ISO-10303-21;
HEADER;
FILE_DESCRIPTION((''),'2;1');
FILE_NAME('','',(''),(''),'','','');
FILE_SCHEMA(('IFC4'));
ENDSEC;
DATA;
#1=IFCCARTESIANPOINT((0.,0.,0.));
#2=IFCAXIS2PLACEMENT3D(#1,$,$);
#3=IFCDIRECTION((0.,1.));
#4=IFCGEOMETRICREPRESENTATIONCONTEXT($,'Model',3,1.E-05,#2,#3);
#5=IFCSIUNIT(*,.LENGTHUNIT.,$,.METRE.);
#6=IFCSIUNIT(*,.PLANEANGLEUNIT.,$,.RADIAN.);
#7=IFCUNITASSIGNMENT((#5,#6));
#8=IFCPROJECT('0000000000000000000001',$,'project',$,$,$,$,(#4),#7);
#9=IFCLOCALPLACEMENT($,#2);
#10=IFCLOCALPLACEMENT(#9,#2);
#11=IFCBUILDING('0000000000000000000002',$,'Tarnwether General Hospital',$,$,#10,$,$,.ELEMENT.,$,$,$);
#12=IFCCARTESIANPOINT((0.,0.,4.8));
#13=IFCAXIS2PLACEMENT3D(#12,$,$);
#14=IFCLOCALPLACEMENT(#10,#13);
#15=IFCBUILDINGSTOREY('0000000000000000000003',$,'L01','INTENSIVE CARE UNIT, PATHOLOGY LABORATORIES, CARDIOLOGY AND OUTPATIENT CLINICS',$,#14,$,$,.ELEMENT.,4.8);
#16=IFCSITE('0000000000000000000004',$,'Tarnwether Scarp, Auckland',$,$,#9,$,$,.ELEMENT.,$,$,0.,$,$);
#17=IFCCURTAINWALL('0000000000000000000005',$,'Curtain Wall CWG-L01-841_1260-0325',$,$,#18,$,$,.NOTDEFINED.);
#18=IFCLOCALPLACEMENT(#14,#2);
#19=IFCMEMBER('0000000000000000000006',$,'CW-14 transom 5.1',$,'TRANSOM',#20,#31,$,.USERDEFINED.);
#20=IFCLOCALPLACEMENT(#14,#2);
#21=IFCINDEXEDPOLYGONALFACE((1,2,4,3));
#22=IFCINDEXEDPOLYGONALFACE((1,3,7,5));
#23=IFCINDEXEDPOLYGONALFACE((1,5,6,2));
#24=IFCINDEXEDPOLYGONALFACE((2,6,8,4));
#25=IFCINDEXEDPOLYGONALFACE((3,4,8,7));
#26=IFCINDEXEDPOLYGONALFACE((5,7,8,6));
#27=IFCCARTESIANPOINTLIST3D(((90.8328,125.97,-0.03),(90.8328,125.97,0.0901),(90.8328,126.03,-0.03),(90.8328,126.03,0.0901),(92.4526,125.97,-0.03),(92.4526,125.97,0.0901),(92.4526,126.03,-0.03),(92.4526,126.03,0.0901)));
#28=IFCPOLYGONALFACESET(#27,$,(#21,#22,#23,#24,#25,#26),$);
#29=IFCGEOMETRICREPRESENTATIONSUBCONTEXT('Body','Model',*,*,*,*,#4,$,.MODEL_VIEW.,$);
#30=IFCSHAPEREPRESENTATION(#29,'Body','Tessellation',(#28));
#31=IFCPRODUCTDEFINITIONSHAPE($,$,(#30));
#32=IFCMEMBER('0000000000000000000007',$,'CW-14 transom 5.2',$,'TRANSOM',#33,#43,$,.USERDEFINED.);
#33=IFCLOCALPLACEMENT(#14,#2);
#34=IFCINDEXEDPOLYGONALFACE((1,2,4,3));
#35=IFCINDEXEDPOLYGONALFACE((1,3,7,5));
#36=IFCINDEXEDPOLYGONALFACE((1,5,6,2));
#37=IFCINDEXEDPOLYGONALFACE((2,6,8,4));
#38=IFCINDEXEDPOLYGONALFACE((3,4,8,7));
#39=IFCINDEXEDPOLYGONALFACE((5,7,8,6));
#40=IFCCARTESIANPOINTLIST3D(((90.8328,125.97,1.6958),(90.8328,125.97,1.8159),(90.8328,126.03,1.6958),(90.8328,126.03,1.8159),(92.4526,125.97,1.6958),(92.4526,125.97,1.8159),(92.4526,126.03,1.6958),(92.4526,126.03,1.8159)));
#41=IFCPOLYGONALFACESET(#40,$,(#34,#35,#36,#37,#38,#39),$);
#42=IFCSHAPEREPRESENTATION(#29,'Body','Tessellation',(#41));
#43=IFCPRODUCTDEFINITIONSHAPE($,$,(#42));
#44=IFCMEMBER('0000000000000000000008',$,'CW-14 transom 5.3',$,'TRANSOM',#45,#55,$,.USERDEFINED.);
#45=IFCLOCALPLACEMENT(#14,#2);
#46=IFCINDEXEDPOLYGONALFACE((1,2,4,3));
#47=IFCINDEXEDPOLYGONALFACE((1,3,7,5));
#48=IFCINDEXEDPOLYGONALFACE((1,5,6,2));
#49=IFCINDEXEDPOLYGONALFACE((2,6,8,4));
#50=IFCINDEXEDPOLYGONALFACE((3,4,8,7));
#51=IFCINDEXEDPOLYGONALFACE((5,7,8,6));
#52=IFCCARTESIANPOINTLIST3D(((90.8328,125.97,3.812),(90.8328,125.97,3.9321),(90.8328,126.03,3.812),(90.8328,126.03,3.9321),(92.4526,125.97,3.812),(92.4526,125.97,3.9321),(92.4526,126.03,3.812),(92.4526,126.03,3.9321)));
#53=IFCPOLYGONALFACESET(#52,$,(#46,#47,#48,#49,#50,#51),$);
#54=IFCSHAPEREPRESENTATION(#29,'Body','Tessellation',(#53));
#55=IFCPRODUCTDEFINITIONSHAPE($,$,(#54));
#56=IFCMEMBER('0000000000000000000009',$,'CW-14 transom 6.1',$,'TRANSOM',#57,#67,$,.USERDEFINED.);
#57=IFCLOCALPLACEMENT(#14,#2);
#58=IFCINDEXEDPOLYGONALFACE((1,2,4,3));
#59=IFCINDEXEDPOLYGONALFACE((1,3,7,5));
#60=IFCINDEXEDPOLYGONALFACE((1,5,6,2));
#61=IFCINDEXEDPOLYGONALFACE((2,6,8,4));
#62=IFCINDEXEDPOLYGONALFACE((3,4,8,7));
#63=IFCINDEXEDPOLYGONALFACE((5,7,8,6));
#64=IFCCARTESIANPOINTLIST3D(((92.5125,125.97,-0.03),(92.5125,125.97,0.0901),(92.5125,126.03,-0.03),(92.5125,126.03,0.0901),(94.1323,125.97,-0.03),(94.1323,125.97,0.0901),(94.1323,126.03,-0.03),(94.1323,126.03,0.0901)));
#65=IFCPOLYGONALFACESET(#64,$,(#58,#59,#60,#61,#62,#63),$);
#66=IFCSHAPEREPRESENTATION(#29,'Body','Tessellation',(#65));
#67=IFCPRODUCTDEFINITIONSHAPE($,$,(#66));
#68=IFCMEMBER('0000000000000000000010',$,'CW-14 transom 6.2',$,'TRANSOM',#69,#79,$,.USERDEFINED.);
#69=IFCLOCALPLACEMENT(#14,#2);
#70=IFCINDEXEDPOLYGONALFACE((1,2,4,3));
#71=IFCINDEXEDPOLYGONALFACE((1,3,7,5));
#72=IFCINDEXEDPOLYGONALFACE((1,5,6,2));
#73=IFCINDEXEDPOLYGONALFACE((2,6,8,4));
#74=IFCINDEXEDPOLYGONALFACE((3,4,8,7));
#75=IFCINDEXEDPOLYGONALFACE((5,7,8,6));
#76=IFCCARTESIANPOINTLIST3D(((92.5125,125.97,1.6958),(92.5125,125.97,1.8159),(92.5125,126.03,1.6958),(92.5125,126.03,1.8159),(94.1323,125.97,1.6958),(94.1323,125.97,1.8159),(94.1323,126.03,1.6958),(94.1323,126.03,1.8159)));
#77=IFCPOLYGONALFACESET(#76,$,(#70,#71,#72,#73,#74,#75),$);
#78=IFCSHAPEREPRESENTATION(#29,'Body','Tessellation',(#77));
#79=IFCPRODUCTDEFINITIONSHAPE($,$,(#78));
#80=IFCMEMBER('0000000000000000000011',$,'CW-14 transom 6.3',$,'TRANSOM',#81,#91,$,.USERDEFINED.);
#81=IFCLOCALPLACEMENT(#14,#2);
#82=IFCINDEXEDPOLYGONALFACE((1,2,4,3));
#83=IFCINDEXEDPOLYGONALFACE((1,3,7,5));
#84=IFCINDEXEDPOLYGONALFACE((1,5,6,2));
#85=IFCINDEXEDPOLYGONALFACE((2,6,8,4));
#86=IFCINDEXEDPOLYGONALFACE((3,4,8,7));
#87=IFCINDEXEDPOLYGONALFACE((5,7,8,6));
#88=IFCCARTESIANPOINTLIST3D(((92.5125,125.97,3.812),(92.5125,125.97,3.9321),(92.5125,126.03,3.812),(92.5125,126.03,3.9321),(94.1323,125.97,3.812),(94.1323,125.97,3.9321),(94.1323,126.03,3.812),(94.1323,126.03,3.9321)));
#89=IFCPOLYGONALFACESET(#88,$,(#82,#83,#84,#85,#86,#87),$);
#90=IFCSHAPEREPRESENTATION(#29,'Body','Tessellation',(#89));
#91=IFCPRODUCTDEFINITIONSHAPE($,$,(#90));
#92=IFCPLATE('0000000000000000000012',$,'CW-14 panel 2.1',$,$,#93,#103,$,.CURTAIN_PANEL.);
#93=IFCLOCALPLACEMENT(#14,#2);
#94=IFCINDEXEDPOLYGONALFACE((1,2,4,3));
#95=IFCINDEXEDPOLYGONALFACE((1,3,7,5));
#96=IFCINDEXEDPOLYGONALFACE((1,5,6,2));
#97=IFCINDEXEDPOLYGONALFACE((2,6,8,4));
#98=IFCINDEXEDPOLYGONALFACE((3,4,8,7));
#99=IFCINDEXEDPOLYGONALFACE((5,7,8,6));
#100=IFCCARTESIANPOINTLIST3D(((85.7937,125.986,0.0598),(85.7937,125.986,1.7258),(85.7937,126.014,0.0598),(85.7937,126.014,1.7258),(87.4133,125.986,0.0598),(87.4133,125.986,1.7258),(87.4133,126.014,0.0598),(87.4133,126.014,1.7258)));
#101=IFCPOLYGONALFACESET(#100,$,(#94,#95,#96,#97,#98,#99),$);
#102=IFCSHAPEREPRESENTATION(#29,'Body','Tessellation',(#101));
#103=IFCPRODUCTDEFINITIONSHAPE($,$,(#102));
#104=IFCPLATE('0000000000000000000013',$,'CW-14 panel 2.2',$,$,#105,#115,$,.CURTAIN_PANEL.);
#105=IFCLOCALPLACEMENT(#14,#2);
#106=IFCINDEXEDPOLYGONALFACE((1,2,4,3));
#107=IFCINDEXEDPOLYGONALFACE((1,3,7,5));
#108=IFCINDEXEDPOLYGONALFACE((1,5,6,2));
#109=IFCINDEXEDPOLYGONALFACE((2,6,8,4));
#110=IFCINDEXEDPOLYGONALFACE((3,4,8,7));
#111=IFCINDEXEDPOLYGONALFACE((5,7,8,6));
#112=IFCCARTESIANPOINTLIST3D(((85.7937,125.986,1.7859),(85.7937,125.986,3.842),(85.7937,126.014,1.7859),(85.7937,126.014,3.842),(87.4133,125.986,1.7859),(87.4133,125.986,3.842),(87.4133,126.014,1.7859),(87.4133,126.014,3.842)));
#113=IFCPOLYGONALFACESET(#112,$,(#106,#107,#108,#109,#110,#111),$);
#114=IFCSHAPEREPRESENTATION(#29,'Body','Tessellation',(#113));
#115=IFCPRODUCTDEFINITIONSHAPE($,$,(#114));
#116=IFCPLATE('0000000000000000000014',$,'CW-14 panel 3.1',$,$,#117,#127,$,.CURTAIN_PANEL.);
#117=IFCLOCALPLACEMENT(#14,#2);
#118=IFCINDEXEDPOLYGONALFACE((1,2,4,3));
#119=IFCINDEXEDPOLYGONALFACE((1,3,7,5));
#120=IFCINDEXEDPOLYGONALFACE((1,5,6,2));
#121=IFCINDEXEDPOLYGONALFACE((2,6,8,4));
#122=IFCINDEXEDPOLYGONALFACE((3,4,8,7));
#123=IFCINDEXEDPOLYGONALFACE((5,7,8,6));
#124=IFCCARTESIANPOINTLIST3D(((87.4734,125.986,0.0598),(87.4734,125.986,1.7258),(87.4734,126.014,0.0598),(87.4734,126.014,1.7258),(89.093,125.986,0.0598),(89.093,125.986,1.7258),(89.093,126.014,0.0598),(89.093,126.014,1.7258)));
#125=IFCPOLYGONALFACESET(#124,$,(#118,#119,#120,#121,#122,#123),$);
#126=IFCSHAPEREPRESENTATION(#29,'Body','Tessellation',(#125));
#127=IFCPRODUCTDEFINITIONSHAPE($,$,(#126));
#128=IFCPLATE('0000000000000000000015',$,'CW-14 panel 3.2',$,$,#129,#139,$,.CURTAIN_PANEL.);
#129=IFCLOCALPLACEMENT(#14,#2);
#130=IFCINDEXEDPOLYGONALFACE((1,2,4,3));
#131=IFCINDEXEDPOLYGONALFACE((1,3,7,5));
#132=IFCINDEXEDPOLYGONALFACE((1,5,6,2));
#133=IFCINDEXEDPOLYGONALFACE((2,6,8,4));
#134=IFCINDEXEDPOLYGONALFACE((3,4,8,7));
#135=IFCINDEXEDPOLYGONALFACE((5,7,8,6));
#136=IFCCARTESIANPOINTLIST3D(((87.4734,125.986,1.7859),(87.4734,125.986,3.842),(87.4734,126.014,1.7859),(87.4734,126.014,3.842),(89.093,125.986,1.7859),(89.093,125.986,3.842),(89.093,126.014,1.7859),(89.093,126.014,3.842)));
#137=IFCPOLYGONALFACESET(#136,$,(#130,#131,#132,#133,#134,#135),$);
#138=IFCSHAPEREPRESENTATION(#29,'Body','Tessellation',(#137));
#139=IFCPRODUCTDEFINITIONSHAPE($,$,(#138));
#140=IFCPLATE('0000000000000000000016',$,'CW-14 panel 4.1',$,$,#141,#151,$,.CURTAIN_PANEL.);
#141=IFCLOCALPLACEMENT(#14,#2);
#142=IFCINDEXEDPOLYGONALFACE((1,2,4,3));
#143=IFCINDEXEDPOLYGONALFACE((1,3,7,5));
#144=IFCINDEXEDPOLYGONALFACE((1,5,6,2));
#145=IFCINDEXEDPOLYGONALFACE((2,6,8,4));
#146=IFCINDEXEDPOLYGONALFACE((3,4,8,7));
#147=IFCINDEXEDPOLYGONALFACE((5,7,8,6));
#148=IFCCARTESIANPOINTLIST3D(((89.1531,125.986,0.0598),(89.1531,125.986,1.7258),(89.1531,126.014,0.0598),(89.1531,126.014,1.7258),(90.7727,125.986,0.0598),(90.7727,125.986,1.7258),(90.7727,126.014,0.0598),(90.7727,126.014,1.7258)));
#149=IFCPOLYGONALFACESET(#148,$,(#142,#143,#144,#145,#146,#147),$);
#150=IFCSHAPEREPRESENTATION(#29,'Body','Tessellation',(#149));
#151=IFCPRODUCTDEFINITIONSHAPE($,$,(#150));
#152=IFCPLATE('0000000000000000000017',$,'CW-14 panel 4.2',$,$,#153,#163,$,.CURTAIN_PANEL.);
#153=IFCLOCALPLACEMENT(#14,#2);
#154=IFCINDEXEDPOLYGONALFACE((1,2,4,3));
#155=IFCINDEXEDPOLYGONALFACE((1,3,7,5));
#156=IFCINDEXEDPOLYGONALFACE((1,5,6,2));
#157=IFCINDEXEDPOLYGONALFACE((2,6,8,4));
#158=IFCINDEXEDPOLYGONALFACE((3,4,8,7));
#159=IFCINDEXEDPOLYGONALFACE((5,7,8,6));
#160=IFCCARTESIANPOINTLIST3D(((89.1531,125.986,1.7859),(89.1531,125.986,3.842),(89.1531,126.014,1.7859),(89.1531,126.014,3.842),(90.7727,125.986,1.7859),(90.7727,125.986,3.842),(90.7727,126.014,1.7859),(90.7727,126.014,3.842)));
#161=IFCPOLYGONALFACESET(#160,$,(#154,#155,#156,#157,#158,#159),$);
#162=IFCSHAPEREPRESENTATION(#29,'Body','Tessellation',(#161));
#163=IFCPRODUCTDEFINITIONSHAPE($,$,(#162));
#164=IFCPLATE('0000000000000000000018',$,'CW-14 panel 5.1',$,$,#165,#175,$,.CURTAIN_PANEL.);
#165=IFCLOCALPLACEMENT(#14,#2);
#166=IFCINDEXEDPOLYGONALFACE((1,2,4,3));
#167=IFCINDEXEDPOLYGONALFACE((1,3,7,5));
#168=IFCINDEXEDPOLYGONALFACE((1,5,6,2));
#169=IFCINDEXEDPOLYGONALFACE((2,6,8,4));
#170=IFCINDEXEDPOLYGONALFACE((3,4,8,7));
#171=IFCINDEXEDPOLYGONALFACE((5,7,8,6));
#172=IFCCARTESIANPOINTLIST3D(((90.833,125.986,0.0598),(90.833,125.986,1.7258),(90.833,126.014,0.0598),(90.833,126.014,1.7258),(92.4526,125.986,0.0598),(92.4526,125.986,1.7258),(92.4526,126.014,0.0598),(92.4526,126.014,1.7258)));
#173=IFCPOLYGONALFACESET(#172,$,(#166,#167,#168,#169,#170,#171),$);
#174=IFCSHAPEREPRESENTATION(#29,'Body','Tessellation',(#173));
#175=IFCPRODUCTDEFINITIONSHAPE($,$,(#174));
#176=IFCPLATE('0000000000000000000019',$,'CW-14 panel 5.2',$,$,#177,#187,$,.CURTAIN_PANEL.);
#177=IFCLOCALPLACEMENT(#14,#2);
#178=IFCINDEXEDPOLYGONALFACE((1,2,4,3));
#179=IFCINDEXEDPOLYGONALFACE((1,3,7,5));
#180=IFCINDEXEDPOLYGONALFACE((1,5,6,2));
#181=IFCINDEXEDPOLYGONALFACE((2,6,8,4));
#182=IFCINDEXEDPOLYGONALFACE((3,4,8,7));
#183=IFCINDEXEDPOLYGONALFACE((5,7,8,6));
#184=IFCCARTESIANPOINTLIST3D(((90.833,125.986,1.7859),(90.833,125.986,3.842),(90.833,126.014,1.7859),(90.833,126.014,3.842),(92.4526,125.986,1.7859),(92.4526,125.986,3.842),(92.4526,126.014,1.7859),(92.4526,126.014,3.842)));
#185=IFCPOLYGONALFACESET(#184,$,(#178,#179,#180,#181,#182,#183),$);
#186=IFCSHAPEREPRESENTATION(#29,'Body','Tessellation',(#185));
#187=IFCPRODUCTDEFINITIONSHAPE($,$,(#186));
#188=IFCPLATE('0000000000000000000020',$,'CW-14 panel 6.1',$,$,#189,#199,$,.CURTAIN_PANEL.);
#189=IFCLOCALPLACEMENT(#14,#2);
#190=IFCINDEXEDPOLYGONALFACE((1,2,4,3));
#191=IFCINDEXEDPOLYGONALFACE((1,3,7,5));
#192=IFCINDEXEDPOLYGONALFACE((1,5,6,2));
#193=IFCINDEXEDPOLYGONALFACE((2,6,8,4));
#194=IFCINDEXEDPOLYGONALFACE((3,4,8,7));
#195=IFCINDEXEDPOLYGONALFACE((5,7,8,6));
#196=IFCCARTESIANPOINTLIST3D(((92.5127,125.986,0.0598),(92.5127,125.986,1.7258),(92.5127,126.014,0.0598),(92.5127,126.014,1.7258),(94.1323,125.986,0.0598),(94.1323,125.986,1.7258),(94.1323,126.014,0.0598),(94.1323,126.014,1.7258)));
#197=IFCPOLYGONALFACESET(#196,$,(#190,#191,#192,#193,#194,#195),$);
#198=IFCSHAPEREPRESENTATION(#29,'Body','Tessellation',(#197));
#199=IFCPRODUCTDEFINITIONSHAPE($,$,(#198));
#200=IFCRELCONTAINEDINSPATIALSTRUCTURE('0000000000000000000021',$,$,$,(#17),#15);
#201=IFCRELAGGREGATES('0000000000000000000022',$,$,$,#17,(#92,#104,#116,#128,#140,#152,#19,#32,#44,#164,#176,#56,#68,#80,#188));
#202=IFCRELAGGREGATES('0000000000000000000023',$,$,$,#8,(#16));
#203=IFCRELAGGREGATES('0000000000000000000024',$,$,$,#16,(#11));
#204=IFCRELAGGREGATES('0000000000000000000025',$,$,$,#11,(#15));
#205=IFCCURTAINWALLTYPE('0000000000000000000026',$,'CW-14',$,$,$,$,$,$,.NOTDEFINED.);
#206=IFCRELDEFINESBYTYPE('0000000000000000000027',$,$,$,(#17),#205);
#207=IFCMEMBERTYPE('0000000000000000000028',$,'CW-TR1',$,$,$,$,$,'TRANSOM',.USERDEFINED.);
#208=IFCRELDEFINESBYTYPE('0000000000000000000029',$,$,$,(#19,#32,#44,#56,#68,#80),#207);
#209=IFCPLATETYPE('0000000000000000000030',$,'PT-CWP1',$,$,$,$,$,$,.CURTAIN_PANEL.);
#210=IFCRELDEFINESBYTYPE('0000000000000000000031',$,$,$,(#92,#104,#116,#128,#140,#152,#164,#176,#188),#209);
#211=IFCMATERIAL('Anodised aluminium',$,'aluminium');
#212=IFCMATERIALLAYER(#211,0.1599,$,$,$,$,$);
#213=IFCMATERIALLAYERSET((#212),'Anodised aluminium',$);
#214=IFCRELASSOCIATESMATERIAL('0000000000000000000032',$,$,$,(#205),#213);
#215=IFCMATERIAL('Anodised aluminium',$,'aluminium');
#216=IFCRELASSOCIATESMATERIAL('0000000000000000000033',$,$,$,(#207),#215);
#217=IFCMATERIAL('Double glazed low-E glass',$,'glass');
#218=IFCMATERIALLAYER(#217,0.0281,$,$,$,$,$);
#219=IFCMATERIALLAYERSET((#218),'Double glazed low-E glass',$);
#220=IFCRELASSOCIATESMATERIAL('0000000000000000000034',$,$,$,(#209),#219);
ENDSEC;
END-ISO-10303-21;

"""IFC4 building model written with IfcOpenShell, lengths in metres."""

from ifc_helpers import new_model, si_unit, direction, frame, origin, origin_2d, place, context, subcontext, project, spatial, rectangle, extrude, material, layer, layer_set, material_profile, profile_set, type_object, element, aggregate, save


model = new_model("IFC4")

# Units and contexts
model_context = context("Model", 3, precision=1e-05, world=origin(), true_north=direction((0.0, 1.0)))
body_context = subcontext(model_context, "Body", "Model", "MODEL_VIEW")
ifc_project = project(units=[si_unit("LENGTHUNIT", "METRE"), si_unit("PLANEANGLEUNIT", "RADIAN")], contexts=[model_context])

# Site, building, storey
site_placement = place(None, origin())
site = spatial("IfcSite", under=ifc_project, at=site_placement, Name="Tarnwether Scarp, Auckland", CompositionType="ELEMENT", RefElevation=0.0)
building_placement = place(site_placement, origin())
building = spatial("IfcBuilding", under=site, at=building_placement, Name="Tarnwether General Hospital", CompositionType="ELEMENT")
storey_placement = place(building_placement, frame((0.0, 0.0, 4.8)))
storey = spatial("IfcBuildingStorey", under=building, at=storey_placement, Name="L01", Description="INTENSIVE CARE UNIT, PATHOLOGY LABORATORIES, CARDIOLOGY AND OUTPATIENT CLINICS", CompositionType="ELEMENT", Elevation=4.8)

# Curtain wall, members, plates
ifc_material_1 = material(Name="Anodised aluminium", Category="aluminium")
ifc_layer_1 = layer(ifc_material_1, 0.1599)
ifc_layer_set_1 = layer_set([ifc_layer_1], Name="Anodised aluminium")
curtain_wall_type = type_object("IfcCurtainWallType", Name="CW-14", PredefinedType="NOTDEFINED", material=ifc_layer_set_1)
curtain_wall_placement = place(storey_placement, origin())
curtain_wall = element("IfcCurtainWall", 1, at=curtain_wall_placement, inside=storey, type_object=curtain_wall_type, Name="Curtain Wall CWG-L01-841_1260-0325", PredefinedType="NOTDEFINED")
ifc_material_2 = material(Name="Anodised aluminium", Category="aluminium")
ifc_material_profile_1 = material_profile(ifc_material_2, rectangle(XDim=0.0601, YDim=0.1201, at=origin_2d()), Name="ALU-TRN-60x120")
ifc_profile_set_1 = profile_set([ifc_material_profile_1], Name="Anodised aluminium")
member_type_1 = type_object("IfcMemberType", Name="CW-TR1", ElementType="TRANSOM", PredefinedType="USERDEFINED", material=ifc_profile_set_1)
member_1_placement = place(storey_placement, frame((90.8328, 126.0, 0.03), z_axis=(1.0, 0.0, 0.0), x_axis=(0.0, 1.0, 0.0)))
member_1 = element("IfcMember", 2, at=member_1_placement, type_object=member_type_1, Name="CW-14 transom 5.1", ObjectType="TRANSOM", PredefinedType="USERDEFINED", context=body_context, shape_type="SweptSolid", body=[
    extrude(rectangle(XDim=0.0601, YDim=0.1201, at=origin_2d()), origin(), (0.0, 0.0, 1.0), 1.6199),
])
member_2_placement = place(storey_placement, frame((90.8328, 126.0, 1.7559), z_axis=(1.0, 0.0, 0.0), x_axis=(0.0, 1.0, 0.0)))
member_2 = element("IfcMember", 3, at=member_2_placement, type_object=member_type_1, Name="CW-14 transom 5.2", ObjectType="TRANSOM", PredefinedType="USERDEFINED", context=body_context, shape_type="SweptSolid", body=[
    extrude(rectangle(XDim=0.0601, YDim=0.1201, at=origin_2d()), origin(), (0.0, 0.0, 1.0), 1.6199),
])
member_3_placement = place(storey_placement, frame((90.8328, 126.0, 3.8721), z_axis=(1.0, 0.0, 0.0), x_axis=(0.0, 1.0, 0.0)))
member_3 = element("IfcMember", 4, at=member_3_placement, type_object=member_type_1, Name="CW-14 transom 5.3", ObjectType="TRANSOM", PredefinedType="USERDEFINED", context=body_context, shape_type="SweptSolid", body=[
    extrude(rectangle(XDim=0.0601, YDim=0.1201, at=origin_2d()), origin(), (0.0, 0.0, 1.0), 1.6199),
])
member_4_placement = place(storey_placement, frame((92.5125, 126.0, 0.03), z_axis=(1.0, 0.0, 0.0), x_axis=(0.0, 1.0, 0.0)))
member_4 = element("IfcMember", 5, at=member_4_placement, type_object=member_type_1, Name="CW-14 transom 6.1", ObjectType="TRANSOM", PredefinedType="USERDEFINED", context=body_context, shape_type="SweptSolid", body=[
    extrude(rectangle(XDim=0.0601, YDim=0.1201, at=origin_2d()), origin(), (0.0, 0.0, 1.0), 1.6199),
])
member_5_placement = place(storey_placement, frame((92.5125, 126.0, 1.7559), z_axis=(1.0, 0.0, 0.0), x_axis=(0.0, 1.0, 0.0)))
member_5 = element("IfcMember", 6, at=member_5_placement, type_object=member_type_1, Name="CW-14 transom 6.2", ObjectType="TRANSOM", PredefinedType="USERDEFINED", context=body_context, shape_type="SweptSolid", body=[
    extrude(rectangle(XDim=0.0601, YDim=0.1201, at=origin_2d()), origin(), (0.0, 0.0, 1.0), 1.6199),
])
member_6_placement = place(storey_placement, frame((92.5125, 126.0, 3.8721), z_axis=(1.0, 0.0, 0.0), x_axis=(0.0, 1.0, 0.0)))
member_6 = element("IfcMember", 7, at=member_6_placement, type_object=member_type_1, Name="CW-14 transom 6.3", ObjectType="TRANSOM", PredefinedType="USERDEFINED", context=body_context, shape_type="SweptSolid", body=[
    extrude(rectangle(XDim=0.0601, YDim=0.1201, at=origin_2d()), origin(), (0.0, 0.0, 1.0), 1.6199),
])
ifc_material_3 = material(Name="Double glazed low-E glass", Category="glass")
ifc_layer_2 = layer(ifc_material_3, 0.0281)
ifc_layer_set_2 = layer_set([ifc_layer_2], Name="Double glazed low-E glass")
plate_type = type_object("IfcPlateType", Name="PT-CWP1", PredefinedType="CURTAIN_PANEL", material=ifc_layer_set_2)
plate_1_placement = place(storey_placement, frame((86.6035, 126.0, 0.0598), z_axis=(0.0, 0.0, 1.0), x_axis=(1.0, 0.0, 0.0)))
plate_1 = element("IfcPlate", 8, at=plate_1_placement, type_object=plate_type, Name="CW-14 panel 2.1", PredefinedType="CURTAIN_PANEL", context=body_context, shape_type="SweptSolid", body=[
    extrude(rectangle(XDim=1.6196, YDim=0.0281, at=origin_2d()), origin(), (0.0, 0.0, 1.0), 1.666),
])
plate_2_placement = place(storey_placement, frame((86.6035, 126.0, 1.7859), z_axis=(0.0, 0.0, 1.0), x_axis=(1.0, 0.0, 0.0)))
plate_2 = element("IfcPlate", 9, at=plate_2_placement, type_object=plate_type, Name="CW-14 panel 2.2", PredefinedType="CURTAIN_PANEL", context=body_context, shape_type="SweptSolid", body=[
    extrude(rectangle(XDim=1.6196, YDim=0.0281, at=origin_2d()), origin(), (0.0, 0.0, 1.0), 2.0562),
])
plate_3_placement = place(storey_placement, frame((88.2832, 126.0, 0.0598), z_axis=(0.0, 0.0, 1.0), x_axis=(1.0, 0.0, 0.0)))
plate_3 = element("IfcPlate", 10, at=plate_3_placement, type_object=plate_type, Name="CW-14 panel 3.1", PredefinedType="CURTAIN_PANEL", context=body_context, shape_type="SweptSolid", body=[
    extrude(rectangle(XDim=1.6196, YDim=0.0281, at=origin_2d()), origin(), (0.0, 0.0, 1.0), 1.666),
])
plate_4_placement = place(storey_placement, frame((88.2832, 126.0, 1.7859), z_axis=(0.0, 0.0, 1.0), x_axis=(1.0, 0.0, 0.0)))
plate_4 = element("IfcPlate", 11, at=plate_4_placement, type_object=plate_type, Name="CW-14 panel 3.2", PredefinedType="CURTAIN_PANEL", context=body_context, shape_type="SweptSolid", body=[
    extrude(rectangle(XDim=1.6196, YDim=0.0281, at=origin_2d()), origin(), (0.0, 0.0, 1.0), 2.0562),
])
plate_5_placement = place(storey_placement, frame((89.9629, 126.0, 0.0598), z_axis=(0.0, 0.0, 1.0), x_axis=(1.0, 0.0, 0.0)))
plate_5 = element("IfcPlate", 12, at=plate_5_placement, type_object=plate_type, Name="CW-14 panel 4.1", PredefinedType="CURTAIN_PANEL", context=body_context, shape_type="SweptSolid", body=[
    extrude(rectangle(XDim=1.6196, YDim=0.0281, at=origin_2d()), origin(), (0.0, 0.0, 1.0), 1.666),
])
plate_6_placement = place(storey_placement, frame((89.9629, 126.0, 1.7859), z_axis=(0.0, 0.0, 1.0), x_axis=(1.0, 0.0, 0.0)))
plate_6 = element("IfcPlate", 13, at=plate_6_placement, type_object=plate_type, Name="CW-14 panel 4.2", PredefinedType="CURTAIN_PANEL", context=body_context, shape_type="SweptSolid", body=[
    extrude(rectangle(XDim=1.6196, YDim=0.0281, at=origin_2d()), origin(), (0.0, 0.0, 1.0), 2.0562),
])
plate_7_placement = place(storey_placement, frame((91.6428, 126.0, 0.0598), z_axis=(0.0, 0.0, 1.0), x_axis=(1.0, 0.0, 0.0)))
plate_7 = element("IfcPlate", 14, at=plate_7_placement, type_object=plate_type, Name="CW-14 panel 5.1", PredefinedType="CURTAIN_PANEL", context=body_context, shape_type="SweptSolid", body=[
    extrude(rectangle(XDim=1.6196, YDim=0.0281, at=origin_2d()), origin(), (0.0, 0.0, 1.0), 1.666),
])
plate_8_placement = place(storey_placement, frame((91.6428, 126.0, 1.7859), z_axis=(0.0, 0.0, 1.0), x_axis=(1.0, 0.0, 0.0)))
plate_8 = element("IfcPlate", 15, at=plate_8_placement, type_object=plate_type, Name="CW-14 panel 5.2", PredefinedType="CURTAIN_PANEL", context=body_context, shape_type="SweptSolid", body=[
    extrude(rectangle(XDim=1.6196, YDim=0.0281, at=origin_2d()), origin(), (0.0, 0.0, 1.0), 2.0562),
])
plate_9_placement = place(storey_placement, frame((93.3225, 126.0, 0.0598), z_axis=(0.0, 0.0, 1.0), x_axis=(1.0, 0.0, 0.0)))
plate_9 = element("IfcPlate", 16, at=plate_9_placement, type_object=plate_type, Name="CW-14 panel 6.1", PredefinedType="CURTAIN_PANEL", context=body_context, shape_type="SweptSolid", body=[
    extrude(rectangle(XDim=1.6196, YDim=0.0281, at=origin_2d()), origin(), (0.0, 0.0, 1.0), 1.666),
])
aggregate(curtain_wall, [plate_1, plate_2, plate_3, plate_4, plate_5, plate_6, member_1, member_2, member_3, plate_7, plate_8, member_4, member_5, member_6, plate_9])

save(model, "model.ifc")
